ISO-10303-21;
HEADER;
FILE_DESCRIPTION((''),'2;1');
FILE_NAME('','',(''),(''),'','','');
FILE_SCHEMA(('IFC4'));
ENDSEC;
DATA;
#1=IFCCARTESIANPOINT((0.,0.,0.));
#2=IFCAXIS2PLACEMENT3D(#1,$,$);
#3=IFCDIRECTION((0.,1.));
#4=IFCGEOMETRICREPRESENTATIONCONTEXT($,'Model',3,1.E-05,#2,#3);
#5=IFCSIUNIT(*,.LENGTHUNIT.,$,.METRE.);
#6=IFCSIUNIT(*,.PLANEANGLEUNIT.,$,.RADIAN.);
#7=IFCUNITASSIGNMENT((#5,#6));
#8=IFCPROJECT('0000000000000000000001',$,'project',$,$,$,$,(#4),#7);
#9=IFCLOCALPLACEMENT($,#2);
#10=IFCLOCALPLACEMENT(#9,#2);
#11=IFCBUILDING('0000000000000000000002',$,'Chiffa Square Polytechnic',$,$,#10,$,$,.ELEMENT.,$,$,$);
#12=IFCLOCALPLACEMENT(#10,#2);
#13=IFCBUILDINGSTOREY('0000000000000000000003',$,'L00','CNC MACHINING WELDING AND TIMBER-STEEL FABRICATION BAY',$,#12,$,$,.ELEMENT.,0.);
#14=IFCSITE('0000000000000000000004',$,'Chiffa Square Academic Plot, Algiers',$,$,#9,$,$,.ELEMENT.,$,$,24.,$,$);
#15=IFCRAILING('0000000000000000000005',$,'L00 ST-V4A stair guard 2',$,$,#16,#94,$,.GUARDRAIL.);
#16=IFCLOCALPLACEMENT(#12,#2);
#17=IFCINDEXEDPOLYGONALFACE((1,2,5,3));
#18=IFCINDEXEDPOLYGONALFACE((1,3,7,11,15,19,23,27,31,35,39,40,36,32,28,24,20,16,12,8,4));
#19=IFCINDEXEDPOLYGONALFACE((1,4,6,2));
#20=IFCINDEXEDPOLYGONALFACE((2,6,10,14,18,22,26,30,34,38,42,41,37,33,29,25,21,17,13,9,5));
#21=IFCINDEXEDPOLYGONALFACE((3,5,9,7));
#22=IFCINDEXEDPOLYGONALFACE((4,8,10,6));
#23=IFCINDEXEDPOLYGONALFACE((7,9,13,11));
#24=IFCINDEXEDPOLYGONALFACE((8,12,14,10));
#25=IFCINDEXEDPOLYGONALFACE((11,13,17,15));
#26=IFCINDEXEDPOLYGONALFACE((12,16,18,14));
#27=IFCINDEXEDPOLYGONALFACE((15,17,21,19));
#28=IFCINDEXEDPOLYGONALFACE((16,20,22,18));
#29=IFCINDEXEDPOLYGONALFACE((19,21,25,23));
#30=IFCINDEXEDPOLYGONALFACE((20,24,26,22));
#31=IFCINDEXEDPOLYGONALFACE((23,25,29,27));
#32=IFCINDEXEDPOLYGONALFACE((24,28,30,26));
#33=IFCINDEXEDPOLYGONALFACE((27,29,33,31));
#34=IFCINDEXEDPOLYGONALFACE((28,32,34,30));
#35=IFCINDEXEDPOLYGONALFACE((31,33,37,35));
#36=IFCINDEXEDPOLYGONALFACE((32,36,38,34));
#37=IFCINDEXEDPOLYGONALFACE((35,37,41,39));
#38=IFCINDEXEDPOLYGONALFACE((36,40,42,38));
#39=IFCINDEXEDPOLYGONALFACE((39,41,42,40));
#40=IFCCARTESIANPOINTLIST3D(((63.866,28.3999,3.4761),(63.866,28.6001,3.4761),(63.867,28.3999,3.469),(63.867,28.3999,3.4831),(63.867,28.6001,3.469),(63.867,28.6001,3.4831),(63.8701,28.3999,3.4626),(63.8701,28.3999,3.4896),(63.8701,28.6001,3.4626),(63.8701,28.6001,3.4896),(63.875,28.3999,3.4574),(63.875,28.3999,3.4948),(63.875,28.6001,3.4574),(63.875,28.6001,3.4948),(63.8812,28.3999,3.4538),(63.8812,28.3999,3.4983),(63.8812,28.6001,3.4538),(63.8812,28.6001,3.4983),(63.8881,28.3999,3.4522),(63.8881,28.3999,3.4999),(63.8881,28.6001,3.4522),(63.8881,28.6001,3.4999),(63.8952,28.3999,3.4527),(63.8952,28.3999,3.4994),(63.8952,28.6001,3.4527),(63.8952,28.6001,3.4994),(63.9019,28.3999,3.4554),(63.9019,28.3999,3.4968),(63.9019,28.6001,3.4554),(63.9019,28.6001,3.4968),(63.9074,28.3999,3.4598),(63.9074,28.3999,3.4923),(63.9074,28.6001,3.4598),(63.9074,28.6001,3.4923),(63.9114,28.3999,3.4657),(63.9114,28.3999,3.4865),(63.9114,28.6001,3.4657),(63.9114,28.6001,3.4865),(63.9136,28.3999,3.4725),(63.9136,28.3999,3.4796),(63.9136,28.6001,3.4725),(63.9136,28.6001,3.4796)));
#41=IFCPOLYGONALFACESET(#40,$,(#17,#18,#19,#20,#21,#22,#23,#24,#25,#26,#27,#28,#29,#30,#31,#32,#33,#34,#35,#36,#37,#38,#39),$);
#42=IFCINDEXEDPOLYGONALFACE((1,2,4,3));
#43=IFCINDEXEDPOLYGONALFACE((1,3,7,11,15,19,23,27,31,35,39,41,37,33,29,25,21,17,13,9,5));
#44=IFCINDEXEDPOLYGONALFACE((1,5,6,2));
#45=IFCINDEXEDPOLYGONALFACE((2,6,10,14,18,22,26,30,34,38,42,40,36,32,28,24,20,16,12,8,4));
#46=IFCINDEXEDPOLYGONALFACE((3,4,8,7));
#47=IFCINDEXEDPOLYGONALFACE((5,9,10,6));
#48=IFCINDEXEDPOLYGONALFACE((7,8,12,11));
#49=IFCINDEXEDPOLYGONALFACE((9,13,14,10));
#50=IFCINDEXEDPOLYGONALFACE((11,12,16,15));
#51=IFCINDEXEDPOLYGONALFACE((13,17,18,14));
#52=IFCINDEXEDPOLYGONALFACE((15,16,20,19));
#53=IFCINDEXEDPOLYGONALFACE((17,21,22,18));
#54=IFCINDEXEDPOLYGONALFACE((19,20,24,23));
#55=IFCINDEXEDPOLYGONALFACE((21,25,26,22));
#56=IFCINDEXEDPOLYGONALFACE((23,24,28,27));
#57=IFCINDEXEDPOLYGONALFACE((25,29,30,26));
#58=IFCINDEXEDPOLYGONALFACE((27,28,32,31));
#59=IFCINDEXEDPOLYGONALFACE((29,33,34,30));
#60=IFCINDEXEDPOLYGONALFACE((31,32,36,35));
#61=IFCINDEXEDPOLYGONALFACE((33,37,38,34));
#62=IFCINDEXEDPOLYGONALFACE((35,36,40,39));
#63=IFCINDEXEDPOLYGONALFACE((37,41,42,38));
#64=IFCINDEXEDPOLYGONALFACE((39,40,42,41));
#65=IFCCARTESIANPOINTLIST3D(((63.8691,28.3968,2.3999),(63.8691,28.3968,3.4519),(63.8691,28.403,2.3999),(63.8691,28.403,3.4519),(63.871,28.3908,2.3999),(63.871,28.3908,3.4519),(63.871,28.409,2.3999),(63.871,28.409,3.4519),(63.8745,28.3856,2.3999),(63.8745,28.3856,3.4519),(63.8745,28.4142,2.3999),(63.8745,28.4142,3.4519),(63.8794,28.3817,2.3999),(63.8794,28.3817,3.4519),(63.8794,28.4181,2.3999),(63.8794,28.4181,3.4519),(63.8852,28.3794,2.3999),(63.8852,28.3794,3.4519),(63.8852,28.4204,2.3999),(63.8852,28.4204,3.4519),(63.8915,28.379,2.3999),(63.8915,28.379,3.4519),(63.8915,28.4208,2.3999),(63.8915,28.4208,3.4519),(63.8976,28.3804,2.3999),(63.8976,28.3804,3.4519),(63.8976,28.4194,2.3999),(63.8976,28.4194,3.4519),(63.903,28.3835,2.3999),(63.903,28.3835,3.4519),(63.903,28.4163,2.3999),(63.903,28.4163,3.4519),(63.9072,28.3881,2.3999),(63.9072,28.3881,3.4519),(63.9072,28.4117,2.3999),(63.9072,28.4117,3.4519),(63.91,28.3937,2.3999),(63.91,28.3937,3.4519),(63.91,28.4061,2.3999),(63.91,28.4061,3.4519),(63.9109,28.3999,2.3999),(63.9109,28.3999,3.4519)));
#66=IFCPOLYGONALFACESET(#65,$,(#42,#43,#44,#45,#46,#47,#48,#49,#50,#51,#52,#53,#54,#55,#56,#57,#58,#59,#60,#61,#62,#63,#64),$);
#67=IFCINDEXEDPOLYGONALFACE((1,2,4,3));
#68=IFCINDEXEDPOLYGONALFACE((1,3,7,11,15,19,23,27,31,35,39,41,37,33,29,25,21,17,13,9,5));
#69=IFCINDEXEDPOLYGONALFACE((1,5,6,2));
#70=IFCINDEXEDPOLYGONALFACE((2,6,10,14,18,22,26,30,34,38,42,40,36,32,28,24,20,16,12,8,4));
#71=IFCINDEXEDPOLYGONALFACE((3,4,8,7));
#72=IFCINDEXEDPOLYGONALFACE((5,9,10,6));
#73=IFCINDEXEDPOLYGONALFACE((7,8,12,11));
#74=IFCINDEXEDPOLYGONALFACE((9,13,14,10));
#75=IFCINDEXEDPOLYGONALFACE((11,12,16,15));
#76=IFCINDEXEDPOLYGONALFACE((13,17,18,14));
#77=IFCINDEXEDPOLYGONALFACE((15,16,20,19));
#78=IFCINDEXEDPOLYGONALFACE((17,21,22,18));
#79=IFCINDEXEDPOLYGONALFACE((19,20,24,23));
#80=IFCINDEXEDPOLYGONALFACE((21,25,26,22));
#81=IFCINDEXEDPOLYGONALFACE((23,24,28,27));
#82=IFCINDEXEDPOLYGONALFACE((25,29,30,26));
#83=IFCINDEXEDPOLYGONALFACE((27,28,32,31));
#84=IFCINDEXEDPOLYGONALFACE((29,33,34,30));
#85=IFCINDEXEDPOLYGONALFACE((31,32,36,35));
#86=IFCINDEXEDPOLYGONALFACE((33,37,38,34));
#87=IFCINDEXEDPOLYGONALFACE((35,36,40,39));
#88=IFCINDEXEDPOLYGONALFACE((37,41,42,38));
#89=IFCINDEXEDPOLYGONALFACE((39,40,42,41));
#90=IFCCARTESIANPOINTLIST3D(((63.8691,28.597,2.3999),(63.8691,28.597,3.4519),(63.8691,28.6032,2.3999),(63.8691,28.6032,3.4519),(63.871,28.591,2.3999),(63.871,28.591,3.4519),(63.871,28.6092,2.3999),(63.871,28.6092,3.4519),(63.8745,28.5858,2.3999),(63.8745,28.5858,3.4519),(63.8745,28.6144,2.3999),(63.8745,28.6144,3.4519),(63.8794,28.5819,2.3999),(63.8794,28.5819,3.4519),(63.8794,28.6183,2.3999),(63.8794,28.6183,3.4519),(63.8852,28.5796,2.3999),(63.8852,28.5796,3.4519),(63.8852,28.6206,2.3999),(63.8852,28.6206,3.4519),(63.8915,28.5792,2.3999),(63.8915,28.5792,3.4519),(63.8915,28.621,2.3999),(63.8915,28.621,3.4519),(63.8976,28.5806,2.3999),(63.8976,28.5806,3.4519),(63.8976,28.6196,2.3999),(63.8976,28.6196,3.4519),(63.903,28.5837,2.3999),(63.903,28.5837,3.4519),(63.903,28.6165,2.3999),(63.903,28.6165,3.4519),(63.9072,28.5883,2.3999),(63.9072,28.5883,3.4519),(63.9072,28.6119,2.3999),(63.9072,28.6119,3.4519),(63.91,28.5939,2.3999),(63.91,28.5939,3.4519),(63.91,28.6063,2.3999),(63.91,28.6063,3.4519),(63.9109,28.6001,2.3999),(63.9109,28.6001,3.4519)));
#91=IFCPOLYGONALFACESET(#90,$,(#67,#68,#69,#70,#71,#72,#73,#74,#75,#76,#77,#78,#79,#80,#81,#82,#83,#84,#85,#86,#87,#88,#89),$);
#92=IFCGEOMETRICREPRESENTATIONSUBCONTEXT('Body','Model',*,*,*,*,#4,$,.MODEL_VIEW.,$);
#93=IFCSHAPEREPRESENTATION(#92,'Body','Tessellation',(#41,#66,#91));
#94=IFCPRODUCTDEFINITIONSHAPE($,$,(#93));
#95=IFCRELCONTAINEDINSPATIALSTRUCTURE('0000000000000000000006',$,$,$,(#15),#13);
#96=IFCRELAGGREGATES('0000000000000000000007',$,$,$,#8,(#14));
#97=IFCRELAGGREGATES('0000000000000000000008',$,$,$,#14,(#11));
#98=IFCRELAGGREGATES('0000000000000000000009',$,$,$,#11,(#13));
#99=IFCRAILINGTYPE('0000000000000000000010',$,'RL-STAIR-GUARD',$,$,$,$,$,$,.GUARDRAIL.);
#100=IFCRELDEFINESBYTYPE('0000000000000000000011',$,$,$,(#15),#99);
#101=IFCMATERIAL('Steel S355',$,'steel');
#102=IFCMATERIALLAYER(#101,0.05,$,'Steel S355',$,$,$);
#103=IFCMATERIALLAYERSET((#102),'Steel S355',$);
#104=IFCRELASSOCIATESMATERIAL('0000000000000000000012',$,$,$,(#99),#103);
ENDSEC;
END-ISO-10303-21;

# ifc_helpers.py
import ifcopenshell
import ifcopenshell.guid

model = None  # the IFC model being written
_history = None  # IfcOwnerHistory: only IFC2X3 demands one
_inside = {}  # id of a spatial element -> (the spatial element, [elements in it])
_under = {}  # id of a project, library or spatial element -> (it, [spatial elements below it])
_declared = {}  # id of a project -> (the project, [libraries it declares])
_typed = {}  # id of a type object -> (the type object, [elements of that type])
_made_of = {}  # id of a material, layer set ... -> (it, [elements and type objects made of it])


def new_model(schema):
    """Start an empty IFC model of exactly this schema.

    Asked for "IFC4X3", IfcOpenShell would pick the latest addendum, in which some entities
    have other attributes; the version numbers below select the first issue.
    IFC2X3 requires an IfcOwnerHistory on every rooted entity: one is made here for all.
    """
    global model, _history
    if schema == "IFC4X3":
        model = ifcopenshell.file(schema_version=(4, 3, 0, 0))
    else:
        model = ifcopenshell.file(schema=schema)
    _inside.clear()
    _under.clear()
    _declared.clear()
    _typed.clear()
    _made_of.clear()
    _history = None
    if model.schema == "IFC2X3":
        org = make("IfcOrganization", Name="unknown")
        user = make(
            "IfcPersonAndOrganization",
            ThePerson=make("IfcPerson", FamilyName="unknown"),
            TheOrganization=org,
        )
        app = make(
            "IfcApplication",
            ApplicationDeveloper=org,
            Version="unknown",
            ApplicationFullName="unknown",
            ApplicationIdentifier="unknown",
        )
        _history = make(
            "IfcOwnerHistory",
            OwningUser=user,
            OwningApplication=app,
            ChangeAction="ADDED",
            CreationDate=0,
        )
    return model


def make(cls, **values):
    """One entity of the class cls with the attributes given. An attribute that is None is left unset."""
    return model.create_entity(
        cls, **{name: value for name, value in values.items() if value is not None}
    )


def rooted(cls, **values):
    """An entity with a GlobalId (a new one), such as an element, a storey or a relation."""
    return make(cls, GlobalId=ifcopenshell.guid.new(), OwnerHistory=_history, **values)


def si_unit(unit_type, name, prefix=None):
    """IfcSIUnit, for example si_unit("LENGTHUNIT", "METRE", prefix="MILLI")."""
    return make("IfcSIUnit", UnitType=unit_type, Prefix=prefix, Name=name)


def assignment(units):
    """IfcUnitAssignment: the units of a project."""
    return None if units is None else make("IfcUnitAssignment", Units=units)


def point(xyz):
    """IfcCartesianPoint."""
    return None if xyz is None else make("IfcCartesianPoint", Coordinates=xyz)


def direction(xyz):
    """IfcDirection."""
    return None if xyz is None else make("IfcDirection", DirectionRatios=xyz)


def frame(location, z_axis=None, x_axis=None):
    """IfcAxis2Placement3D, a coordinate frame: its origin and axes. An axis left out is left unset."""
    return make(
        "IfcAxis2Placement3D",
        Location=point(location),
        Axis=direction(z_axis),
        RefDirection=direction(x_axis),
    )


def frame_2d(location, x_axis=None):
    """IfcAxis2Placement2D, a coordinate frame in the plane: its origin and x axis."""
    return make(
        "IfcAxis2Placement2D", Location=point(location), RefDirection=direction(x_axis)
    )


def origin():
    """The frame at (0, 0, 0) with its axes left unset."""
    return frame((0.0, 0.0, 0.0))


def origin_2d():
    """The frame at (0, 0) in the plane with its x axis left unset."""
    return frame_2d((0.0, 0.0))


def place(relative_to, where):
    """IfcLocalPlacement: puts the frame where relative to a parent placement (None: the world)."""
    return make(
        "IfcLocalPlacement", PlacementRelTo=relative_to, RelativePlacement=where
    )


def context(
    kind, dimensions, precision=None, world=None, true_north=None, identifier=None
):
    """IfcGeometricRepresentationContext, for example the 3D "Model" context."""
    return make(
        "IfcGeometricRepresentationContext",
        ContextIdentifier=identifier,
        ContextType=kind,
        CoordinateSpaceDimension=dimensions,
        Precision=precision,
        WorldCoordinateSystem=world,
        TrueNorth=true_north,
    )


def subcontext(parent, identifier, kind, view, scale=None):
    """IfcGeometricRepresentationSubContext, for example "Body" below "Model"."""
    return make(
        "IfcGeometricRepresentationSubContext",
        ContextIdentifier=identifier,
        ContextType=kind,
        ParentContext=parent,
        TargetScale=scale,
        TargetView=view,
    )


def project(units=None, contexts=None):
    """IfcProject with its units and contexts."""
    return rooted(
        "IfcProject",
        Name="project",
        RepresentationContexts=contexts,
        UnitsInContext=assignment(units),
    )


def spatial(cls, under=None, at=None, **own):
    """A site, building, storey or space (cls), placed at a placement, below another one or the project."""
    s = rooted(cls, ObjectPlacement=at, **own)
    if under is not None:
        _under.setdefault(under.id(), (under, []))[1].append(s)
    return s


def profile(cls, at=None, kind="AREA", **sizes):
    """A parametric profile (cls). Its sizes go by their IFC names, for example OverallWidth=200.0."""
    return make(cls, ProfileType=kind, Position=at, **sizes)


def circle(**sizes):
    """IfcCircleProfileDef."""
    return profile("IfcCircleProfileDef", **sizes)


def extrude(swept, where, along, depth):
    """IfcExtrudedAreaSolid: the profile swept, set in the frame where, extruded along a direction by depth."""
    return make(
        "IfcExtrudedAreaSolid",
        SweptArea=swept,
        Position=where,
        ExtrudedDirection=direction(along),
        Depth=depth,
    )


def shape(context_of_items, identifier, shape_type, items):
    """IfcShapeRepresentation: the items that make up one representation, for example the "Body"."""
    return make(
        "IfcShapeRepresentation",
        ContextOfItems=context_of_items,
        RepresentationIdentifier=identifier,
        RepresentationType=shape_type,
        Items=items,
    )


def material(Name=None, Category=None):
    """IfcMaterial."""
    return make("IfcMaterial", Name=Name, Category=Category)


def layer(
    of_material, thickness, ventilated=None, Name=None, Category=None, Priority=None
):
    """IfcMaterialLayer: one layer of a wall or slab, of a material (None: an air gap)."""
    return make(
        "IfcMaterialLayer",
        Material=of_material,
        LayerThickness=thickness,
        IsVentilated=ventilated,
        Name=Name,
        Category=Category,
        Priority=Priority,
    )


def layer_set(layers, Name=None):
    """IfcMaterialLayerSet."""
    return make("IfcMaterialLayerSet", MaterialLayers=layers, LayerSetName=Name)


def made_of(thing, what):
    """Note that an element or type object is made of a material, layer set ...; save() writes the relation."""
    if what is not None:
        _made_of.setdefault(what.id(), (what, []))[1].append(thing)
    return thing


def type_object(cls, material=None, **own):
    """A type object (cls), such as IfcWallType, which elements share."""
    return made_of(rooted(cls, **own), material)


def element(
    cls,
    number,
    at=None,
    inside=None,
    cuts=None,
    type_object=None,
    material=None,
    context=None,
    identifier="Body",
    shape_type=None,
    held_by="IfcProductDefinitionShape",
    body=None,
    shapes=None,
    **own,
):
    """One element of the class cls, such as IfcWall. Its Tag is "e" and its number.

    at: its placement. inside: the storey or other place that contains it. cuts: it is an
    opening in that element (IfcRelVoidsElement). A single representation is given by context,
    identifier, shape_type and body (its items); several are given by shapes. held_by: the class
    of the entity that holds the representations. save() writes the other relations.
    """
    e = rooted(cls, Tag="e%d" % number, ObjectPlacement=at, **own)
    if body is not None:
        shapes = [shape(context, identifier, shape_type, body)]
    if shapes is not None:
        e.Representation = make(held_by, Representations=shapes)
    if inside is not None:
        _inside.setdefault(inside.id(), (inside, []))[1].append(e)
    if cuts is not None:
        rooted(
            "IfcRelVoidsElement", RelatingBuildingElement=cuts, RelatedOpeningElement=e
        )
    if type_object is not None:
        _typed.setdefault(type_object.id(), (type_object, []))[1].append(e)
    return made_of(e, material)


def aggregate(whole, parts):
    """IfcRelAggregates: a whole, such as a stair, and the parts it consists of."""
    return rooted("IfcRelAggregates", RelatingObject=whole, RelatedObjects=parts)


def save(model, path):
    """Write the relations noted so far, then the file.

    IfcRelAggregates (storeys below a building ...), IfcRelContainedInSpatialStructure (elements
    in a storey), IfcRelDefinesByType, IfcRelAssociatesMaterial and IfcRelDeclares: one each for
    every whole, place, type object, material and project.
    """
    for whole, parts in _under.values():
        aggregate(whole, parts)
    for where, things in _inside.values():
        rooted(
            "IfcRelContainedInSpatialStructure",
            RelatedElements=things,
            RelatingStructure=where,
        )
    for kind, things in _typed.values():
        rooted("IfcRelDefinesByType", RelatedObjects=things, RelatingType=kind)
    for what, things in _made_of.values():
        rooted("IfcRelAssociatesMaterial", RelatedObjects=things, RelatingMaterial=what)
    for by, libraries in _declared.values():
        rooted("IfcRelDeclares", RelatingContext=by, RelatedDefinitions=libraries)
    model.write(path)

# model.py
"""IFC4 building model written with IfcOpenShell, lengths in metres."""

from ifc_helpers import new_model, si_unit, direction, frame, origin, origin_2d, place, context, subcontext, project, spatial, circle, extrude, material, layer, layer_set, type_object, element, save


model = new_model("IFC4")

# Units and contexts
model_context = context("Model", 3, precision=1e-05, world=origin(), true_north=direction((0.0, 1.0)))
body_context = subcontext(model_context, "Body", "Model", "MODEL_VIEW")
ifc_project = project(units=[si_unit("LENGTHUNIT", "METRE"), si_unit("PLANEANGLEUNIT", "RADIAN")], contexts=[model_context])

# Site, building, storey
site_placement = place(None, origin())
site = spatial("IfcSite", under=ifc_project, at=site_placement, Name="Chiffa Square Academic Plot, Algiers", CompositionType="ELEMENT", RefElevation=24.0)
building_placement = place(site_placement, origin())
building = spatial("IfcBuilding", under=site, at=building_placement, Name="Chiffa Square Polytechnic", CompositionType="ELEMENT")
storey_placement = place(building_placement, origin())
storey = spatial("IfcBuildingStorey", under=building, at=storey_placement, Name="L00", Description="CNC MACHINING WELDING AND TIMBER-STEEL FABRICATION BAY", CompositionType="ELEMENT", Elevation=0.0)

# Railing
ifc_material_1 = material(Name="Steel S355", Category="steel")
ifc_layer_1 = layer(ifc_material_1, 0.05, Name="Steel S355")
ifc_layer_set_1 = layer_set([ifc_layer_1], Name="Steel S355")
railing_type_1 = type_object("IfcRailingType", Name="RL-STAIR-GUARD", PredefinedType="GUARDRAIL", material=ifc_layer_set_1)
railing_1_placement = place(storey_placement, frame((63.8899, 28.3999, 2.3999)))
element("IfcRailing", 1, at=railing_1_placement, inside=storey, type_object=railing_type_1, Name="L00 ST-V4A stair guard 2", PredefinedType="GUARDRAIL", context=body_context, shape_type="SweptSolid", body=[
    extrude(circle(Radius=0.0239, at=origin_2d()), frame((0.0, 0.0, 1.0762), z_axis=(0.0, 1.0, 0.0), x_axis=(-1.0, 0.0, 0.0)), (0.0, 0.0, 1.0), 0.2002),
    extrude(circle(Radius=0.021, at=origin_2d()), origin(), (0.0, 0.0, 1.0), 1.052),
    extrude(circle(Radius=0.021, at=origin_2d()), frame((0.0, 0.2002, 0.0)), (0.0, 0.0, 1.0), 1.052),
])

save(model, "model.ifc")
